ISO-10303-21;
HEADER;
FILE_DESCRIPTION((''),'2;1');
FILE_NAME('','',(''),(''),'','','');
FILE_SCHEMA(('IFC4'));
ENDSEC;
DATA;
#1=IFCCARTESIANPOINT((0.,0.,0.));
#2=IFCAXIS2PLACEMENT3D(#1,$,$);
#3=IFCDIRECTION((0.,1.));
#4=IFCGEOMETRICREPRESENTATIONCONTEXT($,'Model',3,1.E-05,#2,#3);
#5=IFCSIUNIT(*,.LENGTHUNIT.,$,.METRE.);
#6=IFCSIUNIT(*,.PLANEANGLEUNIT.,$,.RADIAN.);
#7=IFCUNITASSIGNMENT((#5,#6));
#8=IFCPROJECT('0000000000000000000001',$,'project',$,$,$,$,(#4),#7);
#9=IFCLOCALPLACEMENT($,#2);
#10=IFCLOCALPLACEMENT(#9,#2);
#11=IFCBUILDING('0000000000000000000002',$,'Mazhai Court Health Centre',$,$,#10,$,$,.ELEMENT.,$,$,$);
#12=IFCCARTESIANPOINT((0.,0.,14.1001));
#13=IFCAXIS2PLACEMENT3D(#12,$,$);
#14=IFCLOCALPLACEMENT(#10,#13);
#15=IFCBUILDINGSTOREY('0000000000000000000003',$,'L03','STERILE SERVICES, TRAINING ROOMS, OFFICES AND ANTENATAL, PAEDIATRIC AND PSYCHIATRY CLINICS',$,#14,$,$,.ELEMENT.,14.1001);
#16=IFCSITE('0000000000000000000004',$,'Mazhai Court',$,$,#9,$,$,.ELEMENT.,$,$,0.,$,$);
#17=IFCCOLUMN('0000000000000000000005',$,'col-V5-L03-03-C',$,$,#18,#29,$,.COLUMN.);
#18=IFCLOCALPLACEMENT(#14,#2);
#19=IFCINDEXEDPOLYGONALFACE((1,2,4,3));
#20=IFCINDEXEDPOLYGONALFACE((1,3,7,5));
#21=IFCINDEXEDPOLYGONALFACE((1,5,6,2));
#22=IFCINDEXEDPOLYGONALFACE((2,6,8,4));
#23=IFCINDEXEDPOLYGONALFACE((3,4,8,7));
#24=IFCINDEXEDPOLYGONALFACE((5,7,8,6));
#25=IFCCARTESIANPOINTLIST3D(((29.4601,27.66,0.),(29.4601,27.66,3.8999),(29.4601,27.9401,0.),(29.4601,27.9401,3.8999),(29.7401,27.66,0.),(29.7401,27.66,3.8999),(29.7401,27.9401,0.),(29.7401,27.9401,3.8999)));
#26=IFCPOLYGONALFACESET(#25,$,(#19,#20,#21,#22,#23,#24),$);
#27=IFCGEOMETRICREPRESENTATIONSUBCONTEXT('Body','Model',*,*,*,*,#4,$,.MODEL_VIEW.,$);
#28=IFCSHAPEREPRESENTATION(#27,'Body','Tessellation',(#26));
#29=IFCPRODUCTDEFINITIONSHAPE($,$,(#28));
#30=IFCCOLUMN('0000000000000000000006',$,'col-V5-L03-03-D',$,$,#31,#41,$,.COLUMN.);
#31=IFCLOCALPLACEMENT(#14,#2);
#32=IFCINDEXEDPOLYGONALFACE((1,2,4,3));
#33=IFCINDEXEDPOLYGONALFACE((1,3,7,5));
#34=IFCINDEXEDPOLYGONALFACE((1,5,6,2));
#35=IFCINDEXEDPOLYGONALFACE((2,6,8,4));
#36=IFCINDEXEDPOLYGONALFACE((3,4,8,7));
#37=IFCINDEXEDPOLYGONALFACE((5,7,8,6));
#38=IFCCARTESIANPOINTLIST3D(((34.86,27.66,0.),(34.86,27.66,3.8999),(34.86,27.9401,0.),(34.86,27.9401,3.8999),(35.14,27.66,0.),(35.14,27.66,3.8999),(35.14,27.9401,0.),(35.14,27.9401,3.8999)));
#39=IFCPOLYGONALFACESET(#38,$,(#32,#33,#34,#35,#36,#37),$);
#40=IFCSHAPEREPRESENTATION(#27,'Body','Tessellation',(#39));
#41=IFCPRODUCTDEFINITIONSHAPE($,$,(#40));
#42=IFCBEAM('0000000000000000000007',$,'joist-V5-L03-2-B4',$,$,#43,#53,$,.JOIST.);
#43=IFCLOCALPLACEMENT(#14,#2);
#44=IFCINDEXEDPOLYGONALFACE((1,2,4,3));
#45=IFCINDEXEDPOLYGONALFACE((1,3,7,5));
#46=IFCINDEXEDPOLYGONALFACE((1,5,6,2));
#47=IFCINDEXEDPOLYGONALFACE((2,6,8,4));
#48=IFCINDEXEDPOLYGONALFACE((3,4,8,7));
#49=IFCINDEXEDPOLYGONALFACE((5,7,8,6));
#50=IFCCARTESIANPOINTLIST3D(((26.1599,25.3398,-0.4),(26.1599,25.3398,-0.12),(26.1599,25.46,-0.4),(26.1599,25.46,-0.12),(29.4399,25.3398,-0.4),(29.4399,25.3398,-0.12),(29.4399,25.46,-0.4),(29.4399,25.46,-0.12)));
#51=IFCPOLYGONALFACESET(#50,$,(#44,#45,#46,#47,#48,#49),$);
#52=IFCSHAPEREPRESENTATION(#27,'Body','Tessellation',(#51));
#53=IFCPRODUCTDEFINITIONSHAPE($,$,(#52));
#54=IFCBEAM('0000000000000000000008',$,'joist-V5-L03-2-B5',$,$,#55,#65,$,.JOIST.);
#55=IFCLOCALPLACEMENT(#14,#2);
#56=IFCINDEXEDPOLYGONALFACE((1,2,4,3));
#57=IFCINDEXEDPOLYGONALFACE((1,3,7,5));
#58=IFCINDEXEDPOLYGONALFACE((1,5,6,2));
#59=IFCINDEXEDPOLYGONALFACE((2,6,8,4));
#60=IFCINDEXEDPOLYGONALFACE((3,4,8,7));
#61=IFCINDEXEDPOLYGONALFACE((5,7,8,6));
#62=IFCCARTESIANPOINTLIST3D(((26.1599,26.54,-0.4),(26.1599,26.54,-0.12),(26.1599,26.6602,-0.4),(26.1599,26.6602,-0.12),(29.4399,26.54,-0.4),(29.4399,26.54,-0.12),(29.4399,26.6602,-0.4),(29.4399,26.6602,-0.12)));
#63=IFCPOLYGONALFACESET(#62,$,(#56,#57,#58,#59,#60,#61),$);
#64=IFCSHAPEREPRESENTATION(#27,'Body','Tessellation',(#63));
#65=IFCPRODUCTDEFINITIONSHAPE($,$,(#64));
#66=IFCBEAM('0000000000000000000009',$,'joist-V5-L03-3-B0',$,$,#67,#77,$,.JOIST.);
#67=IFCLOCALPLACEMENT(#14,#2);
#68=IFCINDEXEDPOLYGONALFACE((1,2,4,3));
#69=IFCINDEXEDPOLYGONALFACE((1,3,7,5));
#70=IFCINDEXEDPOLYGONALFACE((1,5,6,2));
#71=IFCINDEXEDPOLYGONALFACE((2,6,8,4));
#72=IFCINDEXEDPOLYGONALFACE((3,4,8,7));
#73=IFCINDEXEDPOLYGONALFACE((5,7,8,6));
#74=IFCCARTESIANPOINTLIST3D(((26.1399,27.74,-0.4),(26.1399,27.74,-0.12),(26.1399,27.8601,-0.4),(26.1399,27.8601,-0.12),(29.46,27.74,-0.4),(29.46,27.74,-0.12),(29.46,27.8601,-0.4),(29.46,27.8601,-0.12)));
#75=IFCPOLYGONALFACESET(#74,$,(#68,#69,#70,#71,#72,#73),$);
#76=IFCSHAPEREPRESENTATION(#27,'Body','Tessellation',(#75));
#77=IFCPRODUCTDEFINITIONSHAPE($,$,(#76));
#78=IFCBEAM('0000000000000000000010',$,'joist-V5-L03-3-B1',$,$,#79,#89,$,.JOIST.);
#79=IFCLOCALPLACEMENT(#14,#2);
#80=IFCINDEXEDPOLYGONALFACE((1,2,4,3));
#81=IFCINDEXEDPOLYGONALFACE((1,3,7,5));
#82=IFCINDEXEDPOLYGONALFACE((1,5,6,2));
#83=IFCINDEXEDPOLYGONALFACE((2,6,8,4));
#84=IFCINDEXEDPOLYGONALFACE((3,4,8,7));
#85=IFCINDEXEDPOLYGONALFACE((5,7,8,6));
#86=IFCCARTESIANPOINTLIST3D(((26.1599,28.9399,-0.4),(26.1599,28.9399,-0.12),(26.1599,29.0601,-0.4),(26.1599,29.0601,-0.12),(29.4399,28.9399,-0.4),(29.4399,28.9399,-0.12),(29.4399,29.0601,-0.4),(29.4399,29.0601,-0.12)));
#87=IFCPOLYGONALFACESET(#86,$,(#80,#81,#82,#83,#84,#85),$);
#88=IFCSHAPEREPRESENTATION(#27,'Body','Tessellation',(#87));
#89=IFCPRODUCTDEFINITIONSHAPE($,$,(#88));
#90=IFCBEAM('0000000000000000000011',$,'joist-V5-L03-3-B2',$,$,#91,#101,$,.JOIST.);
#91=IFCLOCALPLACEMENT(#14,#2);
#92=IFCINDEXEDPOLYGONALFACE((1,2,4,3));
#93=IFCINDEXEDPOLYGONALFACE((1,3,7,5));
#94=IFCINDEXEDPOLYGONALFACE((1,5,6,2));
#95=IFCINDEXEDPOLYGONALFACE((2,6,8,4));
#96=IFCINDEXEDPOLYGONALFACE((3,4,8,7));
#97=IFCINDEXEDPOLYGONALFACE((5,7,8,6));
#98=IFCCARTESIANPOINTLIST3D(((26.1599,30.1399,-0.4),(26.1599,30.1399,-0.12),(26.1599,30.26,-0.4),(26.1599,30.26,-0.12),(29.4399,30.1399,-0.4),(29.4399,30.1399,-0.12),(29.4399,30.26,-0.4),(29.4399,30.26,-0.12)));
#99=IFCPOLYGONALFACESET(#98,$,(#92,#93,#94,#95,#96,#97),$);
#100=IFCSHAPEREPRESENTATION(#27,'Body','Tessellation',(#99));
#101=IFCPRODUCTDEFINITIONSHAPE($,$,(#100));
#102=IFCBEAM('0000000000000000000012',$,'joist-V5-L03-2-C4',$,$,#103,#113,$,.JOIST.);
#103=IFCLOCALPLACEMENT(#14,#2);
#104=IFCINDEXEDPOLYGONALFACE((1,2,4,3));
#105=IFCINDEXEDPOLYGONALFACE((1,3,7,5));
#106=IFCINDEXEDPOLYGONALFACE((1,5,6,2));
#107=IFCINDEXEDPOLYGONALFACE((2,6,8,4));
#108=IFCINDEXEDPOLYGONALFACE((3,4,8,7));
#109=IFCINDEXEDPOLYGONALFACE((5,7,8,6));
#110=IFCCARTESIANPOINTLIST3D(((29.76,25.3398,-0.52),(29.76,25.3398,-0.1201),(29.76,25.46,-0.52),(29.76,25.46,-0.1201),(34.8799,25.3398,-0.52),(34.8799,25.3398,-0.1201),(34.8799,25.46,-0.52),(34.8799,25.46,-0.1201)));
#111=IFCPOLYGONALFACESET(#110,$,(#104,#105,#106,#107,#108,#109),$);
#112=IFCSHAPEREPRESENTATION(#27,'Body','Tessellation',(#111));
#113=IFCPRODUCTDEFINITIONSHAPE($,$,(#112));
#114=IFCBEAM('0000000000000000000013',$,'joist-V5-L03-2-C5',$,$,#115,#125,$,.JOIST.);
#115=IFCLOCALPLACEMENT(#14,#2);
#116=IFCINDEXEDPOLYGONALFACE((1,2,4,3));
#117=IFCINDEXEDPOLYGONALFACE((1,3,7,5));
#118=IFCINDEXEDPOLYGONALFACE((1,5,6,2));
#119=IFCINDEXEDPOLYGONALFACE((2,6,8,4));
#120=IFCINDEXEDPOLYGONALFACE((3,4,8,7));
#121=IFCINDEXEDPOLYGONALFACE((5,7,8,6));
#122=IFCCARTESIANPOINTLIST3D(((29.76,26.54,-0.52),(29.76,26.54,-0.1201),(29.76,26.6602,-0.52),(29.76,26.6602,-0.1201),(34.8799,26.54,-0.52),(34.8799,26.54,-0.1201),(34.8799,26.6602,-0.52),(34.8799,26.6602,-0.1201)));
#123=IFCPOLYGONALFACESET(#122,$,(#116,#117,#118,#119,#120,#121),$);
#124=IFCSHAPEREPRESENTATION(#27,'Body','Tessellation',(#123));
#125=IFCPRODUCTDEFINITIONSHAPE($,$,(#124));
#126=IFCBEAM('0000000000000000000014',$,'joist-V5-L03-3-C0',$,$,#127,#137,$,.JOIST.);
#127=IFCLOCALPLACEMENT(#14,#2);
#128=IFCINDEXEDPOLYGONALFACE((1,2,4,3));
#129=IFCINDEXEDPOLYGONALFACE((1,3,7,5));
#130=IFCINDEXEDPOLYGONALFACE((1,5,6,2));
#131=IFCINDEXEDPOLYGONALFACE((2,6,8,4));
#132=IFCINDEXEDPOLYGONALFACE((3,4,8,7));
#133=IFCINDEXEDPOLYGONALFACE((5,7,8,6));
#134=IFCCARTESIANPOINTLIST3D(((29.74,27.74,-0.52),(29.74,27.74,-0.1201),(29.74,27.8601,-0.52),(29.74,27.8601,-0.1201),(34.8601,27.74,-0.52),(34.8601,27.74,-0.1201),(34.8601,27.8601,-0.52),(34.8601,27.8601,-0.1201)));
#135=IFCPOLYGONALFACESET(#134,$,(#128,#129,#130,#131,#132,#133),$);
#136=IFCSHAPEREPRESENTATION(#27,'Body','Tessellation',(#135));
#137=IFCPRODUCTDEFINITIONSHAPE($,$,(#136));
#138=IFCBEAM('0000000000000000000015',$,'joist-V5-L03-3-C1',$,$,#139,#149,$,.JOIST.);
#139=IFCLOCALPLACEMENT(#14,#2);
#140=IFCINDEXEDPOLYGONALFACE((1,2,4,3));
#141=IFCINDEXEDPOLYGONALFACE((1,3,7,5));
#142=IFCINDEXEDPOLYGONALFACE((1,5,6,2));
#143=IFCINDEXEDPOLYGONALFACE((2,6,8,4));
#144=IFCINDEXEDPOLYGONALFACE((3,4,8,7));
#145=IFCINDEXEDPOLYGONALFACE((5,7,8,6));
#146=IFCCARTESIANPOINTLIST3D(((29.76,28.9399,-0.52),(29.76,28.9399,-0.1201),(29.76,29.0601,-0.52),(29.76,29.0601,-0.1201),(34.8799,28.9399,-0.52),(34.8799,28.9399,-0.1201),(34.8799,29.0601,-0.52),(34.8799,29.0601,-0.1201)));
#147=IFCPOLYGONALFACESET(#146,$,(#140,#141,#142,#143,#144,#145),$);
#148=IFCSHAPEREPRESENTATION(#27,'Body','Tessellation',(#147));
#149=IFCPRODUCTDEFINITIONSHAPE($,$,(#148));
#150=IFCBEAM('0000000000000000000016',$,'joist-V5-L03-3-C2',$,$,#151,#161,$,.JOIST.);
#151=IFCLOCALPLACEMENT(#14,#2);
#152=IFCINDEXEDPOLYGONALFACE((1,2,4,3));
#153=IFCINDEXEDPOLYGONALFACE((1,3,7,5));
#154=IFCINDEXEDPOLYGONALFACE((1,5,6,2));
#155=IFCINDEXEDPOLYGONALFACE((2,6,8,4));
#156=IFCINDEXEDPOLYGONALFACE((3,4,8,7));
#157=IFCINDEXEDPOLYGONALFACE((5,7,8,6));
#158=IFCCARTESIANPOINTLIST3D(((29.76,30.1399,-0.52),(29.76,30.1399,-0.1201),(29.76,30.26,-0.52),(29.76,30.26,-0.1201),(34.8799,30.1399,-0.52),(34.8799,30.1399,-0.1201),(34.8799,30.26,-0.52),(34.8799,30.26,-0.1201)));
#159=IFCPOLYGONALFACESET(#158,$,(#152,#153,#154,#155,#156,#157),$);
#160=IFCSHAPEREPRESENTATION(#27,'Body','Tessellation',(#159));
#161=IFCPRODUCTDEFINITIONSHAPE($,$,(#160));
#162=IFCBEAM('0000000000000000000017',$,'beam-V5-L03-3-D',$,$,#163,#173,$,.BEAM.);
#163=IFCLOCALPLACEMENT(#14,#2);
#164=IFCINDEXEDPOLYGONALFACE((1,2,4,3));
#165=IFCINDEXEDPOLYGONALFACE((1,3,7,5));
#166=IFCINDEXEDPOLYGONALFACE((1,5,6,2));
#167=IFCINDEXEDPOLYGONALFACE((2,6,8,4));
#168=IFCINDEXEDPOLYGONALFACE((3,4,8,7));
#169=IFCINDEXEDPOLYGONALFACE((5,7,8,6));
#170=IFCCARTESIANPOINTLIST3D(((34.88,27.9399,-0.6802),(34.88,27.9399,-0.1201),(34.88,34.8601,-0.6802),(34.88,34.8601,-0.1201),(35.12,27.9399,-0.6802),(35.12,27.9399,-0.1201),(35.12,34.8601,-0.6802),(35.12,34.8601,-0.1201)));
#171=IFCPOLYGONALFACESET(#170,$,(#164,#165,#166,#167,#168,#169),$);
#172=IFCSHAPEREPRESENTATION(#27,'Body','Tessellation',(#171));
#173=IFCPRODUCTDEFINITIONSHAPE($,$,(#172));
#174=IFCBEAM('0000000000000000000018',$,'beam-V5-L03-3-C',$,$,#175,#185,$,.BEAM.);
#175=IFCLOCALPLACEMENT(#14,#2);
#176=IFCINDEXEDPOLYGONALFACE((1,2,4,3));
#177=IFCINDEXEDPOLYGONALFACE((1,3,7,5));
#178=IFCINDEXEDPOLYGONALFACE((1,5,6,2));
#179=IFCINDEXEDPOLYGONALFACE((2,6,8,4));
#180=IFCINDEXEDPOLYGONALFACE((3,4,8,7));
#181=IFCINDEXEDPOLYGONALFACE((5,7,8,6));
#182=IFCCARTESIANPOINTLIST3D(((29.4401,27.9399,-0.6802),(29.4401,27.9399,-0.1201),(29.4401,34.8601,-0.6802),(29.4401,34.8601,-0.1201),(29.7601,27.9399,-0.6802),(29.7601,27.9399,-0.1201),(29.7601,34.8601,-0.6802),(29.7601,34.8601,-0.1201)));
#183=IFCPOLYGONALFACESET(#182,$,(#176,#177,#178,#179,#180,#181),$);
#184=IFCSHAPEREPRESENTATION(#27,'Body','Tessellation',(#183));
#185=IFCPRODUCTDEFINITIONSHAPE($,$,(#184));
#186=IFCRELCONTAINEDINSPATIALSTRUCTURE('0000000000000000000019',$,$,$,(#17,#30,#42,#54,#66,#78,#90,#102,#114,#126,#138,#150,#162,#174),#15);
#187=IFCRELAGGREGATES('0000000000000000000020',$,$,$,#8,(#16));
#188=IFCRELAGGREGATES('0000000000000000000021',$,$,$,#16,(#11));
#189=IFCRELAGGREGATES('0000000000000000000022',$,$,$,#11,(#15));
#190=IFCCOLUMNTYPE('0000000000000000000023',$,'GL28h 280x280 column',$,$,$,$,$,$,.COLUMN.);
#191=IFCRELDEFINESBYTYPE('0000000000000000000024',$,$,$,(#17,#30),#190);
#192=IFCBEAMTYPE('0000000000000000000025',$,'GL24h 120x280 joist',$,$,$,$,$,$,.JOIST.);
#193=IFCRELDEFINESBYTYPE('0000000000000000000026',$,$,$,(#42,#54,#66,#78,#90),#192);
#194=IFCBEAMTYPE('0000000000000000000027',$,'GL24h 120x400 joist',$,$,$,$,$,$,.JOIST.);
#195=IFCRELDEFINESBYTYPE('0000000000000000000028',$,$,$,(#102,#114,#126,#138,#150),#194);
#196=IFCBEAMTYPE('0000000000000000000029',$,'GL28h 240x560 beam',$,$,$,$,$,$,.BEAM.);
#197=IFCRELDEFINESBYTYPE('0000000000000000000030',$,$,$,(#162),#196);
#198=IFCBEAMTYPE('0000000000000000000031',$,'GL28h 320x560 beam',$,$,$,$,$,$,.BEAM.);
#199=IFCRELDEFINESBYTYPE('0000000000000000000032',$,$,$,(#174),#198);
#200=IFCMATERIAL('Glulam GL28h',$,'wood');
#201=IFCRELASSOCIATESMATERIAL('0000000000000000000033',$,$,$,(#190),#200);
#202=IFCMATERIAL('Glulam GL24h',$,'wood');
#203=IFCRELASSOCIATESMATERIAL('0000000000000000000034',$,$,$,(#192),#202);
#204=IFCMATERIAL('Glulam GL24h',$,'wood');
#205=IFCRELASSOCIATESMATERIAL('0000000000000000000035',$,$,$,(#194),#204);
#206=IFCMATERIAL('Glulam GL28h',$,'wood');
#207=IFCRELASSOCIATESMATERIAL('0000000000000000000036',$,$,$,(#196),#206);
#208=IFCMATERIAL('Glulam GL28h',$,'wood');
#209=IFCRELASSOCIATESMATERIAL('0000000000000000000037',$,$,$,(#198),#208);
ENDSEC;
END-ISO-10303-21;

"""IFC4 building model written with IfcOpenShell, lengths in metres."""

from ifc_helpers import new_model, si_unit, direction, frame, origin, origin_2d, place, context, subcontext, project, spatial, rectangle, extrude, material, material_profile, profile_set, type_object, element, save


model = new_model("IFC4")

# Units and contexts
model_context = context("Model", 3, precision=1e-05, world=origin(), true_north=direction((0.0, 1.0)))
body_context = subcontext(model_context, "Body", "Model", "MODEL_VIEW")
ifc_project = project(units=[si_unit("LENGTHUNIT", "METRE"), si_unit("PLANEANGLEUNIT", "RADIAN")], contexts=[model_context])

# Site, building, storey
site_placement = place(None, origin())
site = spatial("IfcSite", under=ifc_project, at=site_placement, Name="Mazhai Court", CompositionType="ELEMENT", RefElevation=0.0)
building_placement = place(site_placement, origin())
building = spatial("IfcBuilding", under=site, at=building_placement, Name="Mazhai Court Health Centre", CompositionType="ELEMENT")
storey_placement = place(building_placement, frame((0.0, 0.0, 14.1001)))
storey = spatial("IfcBuildingStorey", under=building, at=storey_placement, Name="L03", Description="STERILE SERVICES, TRAINING ROOMS, OFFICES AND ANTENATAL, PAEDIATRIC AND PSYCHIATRY CLINICS", CompositionType="ELEMENT", Elevation=14.1001)

# Columns
ifc_material_1 = material(Name="Glulam GL28h", Category="wood")
ifc_material_profile_1 = material_profile(ifc_material_1, rectangle(XDim=0.28, YDim=0.28, at=origin_2d()), Name="GL28h 280x280")
ifc_profile_set_1 = profile_set([ifc_material_profile_1], Name="Glulam GL28h")
column_type = type_object("IfcColumnType", Name="GL28h 280x280 column", PredefinedType="COLUMN", material=ifc_profile_set_1)
for number, where, z_axis, x_axis, name in (
    (1, (29.6001, 27.8, 0.0), (0.0, 0.0, 1.0), (1.0, 0.0, 0.0), "col-V5-L03-03-C"),
    (2, (35.0, 27.8, 0.0), (0.0, 0.0, 1.0), (1.0, 0.0, 0.0), "col-V5-L03-03-D"),
):
    element("IfcColumn", number, at=place(storey_placement, frame(where, z_axis=z_axis, x_axis=x_axis)), inside=storey, type_object=column_type, Name=name, PredefinedType="COLUMN", context=body_context, shape_type="SweptSolid", body=[
        extrude(rectangle(XDim=0.28, YDim=0.28, at=origin_2d()), origin(), (0.0, 0.0, 1.0), 3.8999),
    ])

# Beams
ifc_material_2 = material(Name="Glulam GL24h", Category="wood")
ifc_material_profile_2 = material_profile(ifc_material_2, rectangle(XDim=0.1201, YDim=0.28, at=origin_2d()), Name="GL24h 120x280")
ifc_profile_set_2 = profile_set([ifc_material_profile_2], Name="Glulam GL24h")
beam_type_1 = type_object("IfcBeamType", Name="GL24h 120x280 joist", PredefinedType="JOIST", material=ifc_profile_set_2)
for number, where, z_axis, x_axis, name in (
    (3, (26.1599, 25.3999, -0.26), (1.0, 0.0, 0.0), (0.0, 1.0, 0.0), "joist-V5-L03-2-B4"),
    (4, (26.1599, 26.6001, -0.26), (1.0, 0.0, 0.0), (0.0, 1.0, 0.0), "joist-V5-L03-2-B5"),
):
    element("IfcBeam", number, at=place(storey_placement, frame(where, z_axis=z_axis, x_axis=x_axis)), inside=storey, type_object=beam_type_1, Name=name, PredefinedType="JOIST", context=body_context, shape_type="SweptSolid", body=[
        extrude(rectangle(XDim=0.1201, YDim=0.28, at=origin_2d()), origin(), (0.0, 0.0, 1.0), 3.28),
    ])
beam_1_placement = place(storey_placement, frame((26.1399, 27.8, -0.26), z_axis=(1.0, 0.0, 0.0), x_axis=(0.0, 1.0, 0.0)))
element("IfcBeam", 5, at=beam_1_placement, inside=storey, type_object=beam_type_1, Name="joist-V5-L03-3-B0", PredefinedType="JOIST", context=body_context, shape_type="SweptSolid", body=[
    extrude(rectangle(XDim=0.1201, YDim=0.28, at=origin_2d()), origin(), (0.0, 0.0, 1.0), 3.3201),
])
for number, where, z_axis, x_axis, name in (
    (6, (26.1599, 29.0, -0.26), (1.0, 0.0, 0.0), (0.0, 1.0, 0.0), "joist-V5-L03-3-B1"),
    (7, (26.1599, 30.2, -0.26), (1.0, 0.0, 0.0), (0.0, 1.0, 0.0), "joist-V5-L03-3-B2"),
):
    element("IfcBeam", number, at=place(storey_placement, frame(where, z_axis=z_axis, x_axis=x_axis)), inside=storey, type_object=beam_type_1, Name=name, PredefinedType="JOIST", context=body_context, shape_type="SweptSolid", body=[
        extrude(rectangle(XDim=0.1201, YDim=0.28, at=origin_2d()), origin(), (0.0, 0.0, 1.0), 3.28),
    ])
ifc_material_3 = material(Name="Glulam GL24h", Category="wood")
ifc_material_profile_3 = material_profile(ifc_material_3, rectangle(XDim=0.1201, YDim=0.3999, at=origin_2d()), Name="GL24h 120x400")
ifc_profile_set_3 = profile_set([ifc_material_profile_3], Name="Glulam GL24h")
beam_type_2 = type_object("IfcBeamType", Name="GL24h 120x400 joist", PredefinedType="JOIST", material=ifc_profile_set_3)
for number, where, z_axis, x_axis, name in (
    (8, (29.76, 25.3999, -0.3201), (1.0, 0.0, 0.0), (0.0, 1.0, 0.0), "joist-V5-L03-2-C4"),
    (9, (29.76, 26.6001, -0.3201), (1.0, 0.0, 0.0), (0.0, 1.0, 0.0), "joist-V5-L03-2-C5"),
):
    element("IfcBeam", number, at=place(storey_placement, frame(where, z_axis=z_axis, x_axis=x_axis)), inside=storey, type_object=beam_type_2, Name=name, PredefinedType="JOIST", context=body_context, shape_type="SweptSolid", body=[
        extrude(rectangle(XDim=0.1201, YDim=0.3999, at=origin_2d()), origin(), (0.0, 0.0, 1.0), 5.1199),
    ])
beam_2_placement = place(storey_placement, frame((29.74, 27.8, -0.3201), z_axis=(1.0, 0.0, 0.0), x_axis=(0.0, 1.0, 0.0)))
element("IfcBeam", 10, at=beam_2_placement, inside=storey, type_object=beam_type_2, Name="joist-V5-L03-3-C0", PredefinedType="JOIST", context=body_context, shape_type="SweptSolid", body=[
    extrude(rectangle(XDim=0.1201, YDim=0.3999, at=origin_2d()), origin(), (0.0, 0.0, 1.0), 5.1201),
])
for number, where, z_axis, x_axis, name in (
    (11, (29.76, 29.0, -0.3201), (1.0, 0.0, 0.0), (0.0, 1.0, 0.0), "joist-V5-L03-3-C1"),
    (12, (29.76, 30.2, -0.3201), (1.0, 0.0, 0.0), (0.0, 1.0, 0.0), "joist-V5-L03-3-C2"),
):
    element("IfcBeam", number, at=place(storey_placement, frame(where, z_axis=z_axis, x_axis=x_axis)), inside=storey, type_object=beam_type_2, Name=name, PredefinedType="JOIST", context=body_context, shape_type="SweptSolid", body=[
        extrude(rectangle(XDim=0.1201, YDim=0.3999, at=origin_2d()), origin(), (0.0, 0.0, 1.0), 5.1199),
    ])
ifc_material_4 = material(Name="Glulam GL28h", Category="wood")
ifc_material_profile_4 = material_profile(ifc_material_4, rectangle(XDim=0.24, YDim=0.5601, at=origin_2d()), Name="GL28h 240x560")
ifc_profile_set_4 = profile_set([ifc_material_profile_4], Name="Glulam GL28h")
beam_type_3 = type_object("IfcBeamType", Name="GL28h 240x560 beam", PredefinedType="BEAM", material=ifc_profile_set_4)
beam_3_placement = place(storey_placement, frame((35.0, 27.9399, -0.4001), z_axis=(0.0, 1.0, 0.0), x_axis=(-1.0, 0.0, 0.0)))
element("IfcBeam", 13, at=beam_3_placement, inside=storey, type_object=beam_type_3, Name="beam-V5-L03-3-D", PredefinedType="BEAM", context=body_context, shape_type="SweptSolid", body=[
    extrude(rectangle(XDim=0.24, YDim=0.5601, at=origin_2d()), origin(), (0.0, 0.0, 1.0), 6.9202),
])
ifc_material_5 = material(Name="Glulam GL28h", Category="wood")
ifc_material_profile_5 = material_profile(ifc_material_5, rectangle(XDim=0.3201, YDim=0.5601, at=origin_2d()), Name="GL28h 320x560")
ifc_profile_set_5 = profile_set([ifc_material_profile_5], Name="Glulam GL28h")
beam_type_4 = type_object("IfcBeamType", Name="GL28h 320x560 beam", PredefinedType="BEAM", material=ifc_profile_set_5)
beam_4_placement = place(storey_placement, frame((29.6001, 27.9399, -0.4001), z_axis=(0.0, 1.0, 0.0), x_axis=(-1.0, 0.0, 0.0)))
element("IfcBeam", 14, at=beam_4_placement, inside=storey, type_object=beam_type_4, Name="beam-V5-L03-3-C", PredefinedType="BEAM", context=body_context, shape_type="SweptSolid", body=[
    extrude(rectangle(XDim=0.3201, YDim=0.5601, at=origin_2d()), origin(), (0.0, 0.0, 1.0), 6.9202),
])

save(model, "model.ifc")
